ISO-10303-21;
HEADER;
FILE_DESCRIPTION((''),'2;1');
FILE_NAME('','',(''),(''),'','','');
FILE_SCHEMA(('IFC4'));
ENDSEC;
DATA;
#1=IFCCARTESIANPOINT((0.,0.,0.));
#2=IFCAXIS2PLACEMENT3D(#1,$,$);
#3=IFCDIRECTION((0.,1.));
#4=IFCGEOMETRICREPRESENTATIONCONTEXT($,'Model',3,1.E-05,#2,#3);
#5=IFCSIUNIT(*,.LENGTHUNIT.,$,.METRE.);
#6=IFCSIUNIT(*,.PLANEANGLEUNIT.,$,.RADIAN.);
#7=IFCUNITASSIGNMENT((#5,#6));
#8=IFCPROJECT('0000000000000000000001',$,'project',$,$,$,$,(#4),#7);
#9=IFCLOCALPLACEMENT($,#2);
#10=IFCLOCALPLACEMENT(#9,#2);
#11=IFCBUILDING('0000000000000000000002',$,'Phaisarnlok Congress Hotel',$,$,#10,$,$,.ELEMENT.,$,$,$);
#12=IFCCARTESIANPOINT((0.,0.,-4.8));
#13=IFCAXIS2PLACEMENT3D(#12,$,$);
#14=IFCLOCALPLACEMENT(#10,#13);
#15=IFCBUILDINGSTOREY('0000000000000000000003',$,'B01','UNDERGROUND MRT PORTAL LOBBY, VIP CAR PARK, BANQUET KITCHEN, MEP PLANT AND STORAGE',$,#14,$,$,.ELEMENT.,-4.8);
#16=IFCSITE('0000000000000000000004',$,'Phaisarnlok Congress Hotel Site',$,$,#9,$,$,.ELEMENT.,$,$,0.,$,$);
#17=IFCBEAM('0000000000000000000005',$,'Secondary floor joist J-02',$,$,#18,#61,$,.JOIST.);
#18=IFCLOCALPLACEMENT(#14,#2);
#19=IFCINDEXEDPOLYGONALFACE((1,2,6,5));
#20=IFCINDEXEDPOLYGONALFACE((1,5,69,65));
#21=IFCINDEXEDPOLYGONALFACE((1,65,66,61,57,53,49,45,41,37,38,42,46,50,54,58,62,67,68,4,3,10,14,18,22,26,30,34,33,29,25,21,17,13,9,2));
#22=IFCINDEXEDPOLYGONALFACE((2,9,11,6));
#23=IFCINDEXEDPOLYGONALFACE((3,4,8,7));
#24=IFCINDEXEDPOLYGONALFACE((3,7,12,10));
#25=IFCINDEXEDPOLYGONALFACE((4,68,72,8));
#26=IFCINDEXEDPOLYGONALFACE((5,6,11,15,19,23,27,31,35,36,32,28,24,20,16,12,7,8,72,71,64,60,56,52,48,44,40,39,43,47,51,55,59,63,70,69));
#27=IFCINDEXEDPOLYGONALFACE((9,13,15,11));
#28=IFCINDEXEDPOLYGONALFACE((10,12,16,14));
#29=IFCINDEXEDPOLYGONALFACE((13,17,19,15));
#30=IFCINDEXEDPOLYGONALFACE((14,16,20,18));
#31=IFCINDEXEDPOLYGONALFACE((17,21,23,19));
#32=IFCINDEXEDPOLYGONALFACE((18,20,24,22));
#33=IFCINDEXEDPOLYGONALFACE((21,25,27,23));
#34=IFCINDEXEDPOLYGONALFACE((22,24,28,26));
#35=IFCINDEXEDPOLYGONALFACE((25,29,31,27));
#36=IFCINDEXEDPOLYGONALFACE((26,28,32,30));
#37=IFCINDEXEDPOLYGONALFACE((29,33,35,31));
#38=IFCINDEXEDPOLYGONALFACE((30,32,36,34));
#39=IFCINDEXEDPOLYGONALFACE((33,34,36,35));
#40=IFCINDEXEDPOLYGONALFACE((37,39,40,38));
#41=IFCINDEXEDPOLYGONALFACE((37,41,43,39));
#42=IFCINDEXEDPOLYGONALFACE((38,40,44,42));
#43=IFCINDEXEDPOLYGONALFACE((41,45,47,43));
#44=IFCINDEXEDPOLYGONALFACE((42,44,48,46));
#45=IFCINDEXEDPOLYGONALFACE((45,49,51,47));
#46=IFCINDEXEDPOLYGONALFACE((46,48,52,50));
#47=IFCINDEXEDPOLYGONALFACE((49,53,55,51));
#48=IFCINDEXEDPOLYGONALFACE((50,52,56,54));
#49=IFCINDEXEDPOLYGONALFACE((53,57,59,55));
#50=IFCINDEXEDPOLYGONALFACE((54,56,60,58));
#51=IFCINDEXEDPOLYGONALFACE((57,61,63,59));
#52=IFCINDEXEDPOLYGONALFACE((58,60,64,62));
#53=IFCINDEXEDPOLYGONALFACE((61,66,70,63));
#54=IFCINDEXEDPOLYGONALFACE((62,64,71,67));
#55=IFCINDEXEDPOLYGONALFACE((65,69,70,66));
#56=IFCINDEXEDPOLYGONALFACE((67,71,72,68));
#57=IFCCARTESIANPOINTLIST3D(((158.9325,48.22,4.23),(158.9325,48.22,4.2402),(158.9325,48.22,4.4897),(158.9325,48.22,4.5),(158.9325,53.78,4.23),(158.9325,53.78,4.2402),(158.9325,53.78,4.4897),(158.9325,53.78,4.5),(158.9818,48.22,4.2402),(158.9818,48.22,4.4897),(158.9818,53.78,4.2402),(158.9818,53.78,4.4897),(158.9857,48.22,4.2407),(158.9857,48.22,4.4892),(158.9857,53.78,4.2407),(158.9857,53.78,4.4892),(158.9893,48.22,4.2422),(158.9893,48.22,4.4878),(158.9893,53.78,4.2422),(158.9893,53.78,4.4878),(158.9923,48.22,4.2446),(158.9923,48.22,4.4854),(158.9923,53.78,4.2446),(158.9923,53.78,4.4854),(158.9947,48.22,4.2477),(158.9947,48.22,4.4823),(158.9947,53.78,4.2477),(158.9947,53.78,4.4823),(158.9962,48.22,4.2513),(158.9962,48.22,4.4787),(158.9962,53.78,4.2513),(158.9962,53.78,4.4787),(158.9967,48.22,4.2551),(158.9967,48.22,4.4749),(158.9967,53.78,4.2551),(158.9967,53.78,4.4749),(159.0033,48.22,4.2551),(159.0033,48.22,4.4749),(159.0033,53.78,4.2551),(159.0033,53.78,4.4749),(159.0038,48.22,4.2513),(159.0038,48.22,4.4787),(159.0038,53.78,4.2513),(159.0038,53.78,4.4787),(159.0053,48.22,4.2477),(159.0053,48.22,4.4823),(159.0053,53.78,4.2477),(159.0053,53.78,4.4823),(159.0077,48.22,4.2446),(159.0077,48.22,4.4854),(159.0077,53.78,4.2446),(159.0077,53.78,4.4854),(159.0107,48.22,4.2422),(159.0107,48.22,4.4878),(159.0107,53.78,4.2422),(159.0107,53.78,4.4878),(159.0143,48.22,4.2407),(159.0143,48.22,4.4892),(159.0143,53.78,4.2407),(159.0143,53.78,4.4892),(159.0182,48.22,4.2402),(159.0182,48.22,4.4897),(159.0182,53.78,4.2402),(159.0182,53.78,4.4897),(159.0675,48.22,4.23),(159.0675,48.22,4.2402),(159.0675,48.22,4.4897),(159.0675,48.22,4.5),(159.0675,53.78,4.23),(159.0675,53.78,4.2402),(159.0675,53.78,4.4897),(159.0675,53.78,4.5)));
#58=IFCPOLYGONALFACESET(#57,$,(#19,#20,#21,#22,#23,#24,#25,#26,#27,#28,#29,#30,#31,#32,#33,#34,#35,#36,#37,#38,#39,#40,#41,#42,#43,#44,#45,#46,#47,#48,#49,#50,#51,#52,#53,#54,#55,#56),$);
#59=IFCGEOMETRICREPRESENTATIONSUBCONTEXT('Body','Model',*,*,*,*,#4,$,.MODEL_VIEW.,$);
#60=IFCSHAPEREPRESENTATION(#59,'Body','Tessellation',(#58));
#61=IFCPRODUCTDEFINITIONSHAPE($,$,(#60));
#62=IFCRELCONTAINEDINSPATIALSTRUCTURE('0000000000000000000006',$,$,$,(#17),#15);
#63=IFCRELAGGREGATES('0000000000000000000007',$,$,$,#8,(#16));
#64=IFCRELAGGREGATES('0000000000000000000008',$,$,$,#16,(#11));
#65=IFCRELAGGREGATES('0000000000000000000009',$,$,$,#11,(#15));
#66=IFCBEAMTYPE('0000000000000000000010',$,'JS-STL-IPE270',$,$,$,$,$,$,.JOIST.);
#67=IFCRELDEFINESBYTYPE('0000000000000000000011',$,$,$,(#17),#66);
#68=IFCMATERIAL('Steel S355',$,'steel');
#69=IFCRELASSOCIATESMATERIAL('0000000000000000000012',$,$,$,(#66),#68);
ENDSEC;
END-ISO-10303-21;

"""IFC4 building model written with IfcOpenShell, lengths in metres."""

from ifc_helpers import new_model, si_unit, direction, frame, origin, origin_2d, place, context, subcontext, project, spatial, i_section, extrude, material, material_profile, profile_set, type_object, element, save


model = new_model("IFC4")

# Units and contexts
model_context = context("Model", 3, precision=1e-05, world=origin(), true_north=direction((0.0, 1.0)))
body_context = subcontext(model_context, "Body", "Model", "MODEL_VIEW")
ifc_project = project(units=[si_unit("LENGTHUNIT", "METRE"), si_unit("PLANEANGLEUNIT", "RADIAN")], contexts=[model_context])

# Site, building, storey
site_placement = place(None, origin())
site = spatial("IfcSite", under=ifc_project, at=site_placement, Name="Phaisarnlok Congress Hotel Site", CompositionType="ELEMENT", RefElevation=0.0)
building_placement = place(site_placement, origin())
building = spatial("IfcBuilding", under=site, at=building_placement, Name="Phaisarnlok Congress Hotel", CompositionType="ELEMENT")
storey_placement = place(building_placement, frame((0.0, 0.0, -4.8)))
storey = spatial("IfcBuildingStorey", under=building, at=storey_placement, Name="B01", Description="UNDERGROUND MRT PORTAL LOBBY, VIP CAR PARK, BANQUET KITCHEN, MEP PLANT AND STORAGE", CompositionType="ELEMENT", Elevation=-4.8)

# Beam
ifc_material_1 = material(Name="Steel S355", Category="steel")
ifc_material_profile_1 = material_profile(ifc_material_1, i_section(OverallWidth=0.135, OverallDepth=0.27, WebThickness=0.0066, FlangeThickness=0.0103, FilletRadius=0.0149, at=origin_2d()), Name="IPE 270")
ifc_profile_set_1 = profile_set([ifc_material_profile_1], Name="Steel S355")
beam_type_1 = type_object("IfcBeamType", Name="JS-STL-IPE270", PredefinedType="JOIST", material=ifc_profile_set_1)
for number, where, z_axis, x_axis, name in (
    (1, (159.0, 48.22, 4.365), (0.0, 1.0, 0.0), (-1.0, 0.0, 0.0), "Secondary floor joist J-02"),
):
    element("IfcBeam", number, at=place(storey_placement, frame(where, z_axis=z_axis, x_axis=x_axis)), inside=storey, type_object=beam_type_1, Name=name, PredefinedType="JOIST", context=body_context, shape_type="SweptSolid", body=[
        extrude(i_section(OverallWidth=0.135, OverallDepth=0.27, WebThickness=0.0066, FlangeThickness=0.0103, FilletRadius=0.0149, at=origin_2d()), origin(), (0.0, 0.0, 1.0), 5.5601),
    ])

save(model, "model.ifc")
